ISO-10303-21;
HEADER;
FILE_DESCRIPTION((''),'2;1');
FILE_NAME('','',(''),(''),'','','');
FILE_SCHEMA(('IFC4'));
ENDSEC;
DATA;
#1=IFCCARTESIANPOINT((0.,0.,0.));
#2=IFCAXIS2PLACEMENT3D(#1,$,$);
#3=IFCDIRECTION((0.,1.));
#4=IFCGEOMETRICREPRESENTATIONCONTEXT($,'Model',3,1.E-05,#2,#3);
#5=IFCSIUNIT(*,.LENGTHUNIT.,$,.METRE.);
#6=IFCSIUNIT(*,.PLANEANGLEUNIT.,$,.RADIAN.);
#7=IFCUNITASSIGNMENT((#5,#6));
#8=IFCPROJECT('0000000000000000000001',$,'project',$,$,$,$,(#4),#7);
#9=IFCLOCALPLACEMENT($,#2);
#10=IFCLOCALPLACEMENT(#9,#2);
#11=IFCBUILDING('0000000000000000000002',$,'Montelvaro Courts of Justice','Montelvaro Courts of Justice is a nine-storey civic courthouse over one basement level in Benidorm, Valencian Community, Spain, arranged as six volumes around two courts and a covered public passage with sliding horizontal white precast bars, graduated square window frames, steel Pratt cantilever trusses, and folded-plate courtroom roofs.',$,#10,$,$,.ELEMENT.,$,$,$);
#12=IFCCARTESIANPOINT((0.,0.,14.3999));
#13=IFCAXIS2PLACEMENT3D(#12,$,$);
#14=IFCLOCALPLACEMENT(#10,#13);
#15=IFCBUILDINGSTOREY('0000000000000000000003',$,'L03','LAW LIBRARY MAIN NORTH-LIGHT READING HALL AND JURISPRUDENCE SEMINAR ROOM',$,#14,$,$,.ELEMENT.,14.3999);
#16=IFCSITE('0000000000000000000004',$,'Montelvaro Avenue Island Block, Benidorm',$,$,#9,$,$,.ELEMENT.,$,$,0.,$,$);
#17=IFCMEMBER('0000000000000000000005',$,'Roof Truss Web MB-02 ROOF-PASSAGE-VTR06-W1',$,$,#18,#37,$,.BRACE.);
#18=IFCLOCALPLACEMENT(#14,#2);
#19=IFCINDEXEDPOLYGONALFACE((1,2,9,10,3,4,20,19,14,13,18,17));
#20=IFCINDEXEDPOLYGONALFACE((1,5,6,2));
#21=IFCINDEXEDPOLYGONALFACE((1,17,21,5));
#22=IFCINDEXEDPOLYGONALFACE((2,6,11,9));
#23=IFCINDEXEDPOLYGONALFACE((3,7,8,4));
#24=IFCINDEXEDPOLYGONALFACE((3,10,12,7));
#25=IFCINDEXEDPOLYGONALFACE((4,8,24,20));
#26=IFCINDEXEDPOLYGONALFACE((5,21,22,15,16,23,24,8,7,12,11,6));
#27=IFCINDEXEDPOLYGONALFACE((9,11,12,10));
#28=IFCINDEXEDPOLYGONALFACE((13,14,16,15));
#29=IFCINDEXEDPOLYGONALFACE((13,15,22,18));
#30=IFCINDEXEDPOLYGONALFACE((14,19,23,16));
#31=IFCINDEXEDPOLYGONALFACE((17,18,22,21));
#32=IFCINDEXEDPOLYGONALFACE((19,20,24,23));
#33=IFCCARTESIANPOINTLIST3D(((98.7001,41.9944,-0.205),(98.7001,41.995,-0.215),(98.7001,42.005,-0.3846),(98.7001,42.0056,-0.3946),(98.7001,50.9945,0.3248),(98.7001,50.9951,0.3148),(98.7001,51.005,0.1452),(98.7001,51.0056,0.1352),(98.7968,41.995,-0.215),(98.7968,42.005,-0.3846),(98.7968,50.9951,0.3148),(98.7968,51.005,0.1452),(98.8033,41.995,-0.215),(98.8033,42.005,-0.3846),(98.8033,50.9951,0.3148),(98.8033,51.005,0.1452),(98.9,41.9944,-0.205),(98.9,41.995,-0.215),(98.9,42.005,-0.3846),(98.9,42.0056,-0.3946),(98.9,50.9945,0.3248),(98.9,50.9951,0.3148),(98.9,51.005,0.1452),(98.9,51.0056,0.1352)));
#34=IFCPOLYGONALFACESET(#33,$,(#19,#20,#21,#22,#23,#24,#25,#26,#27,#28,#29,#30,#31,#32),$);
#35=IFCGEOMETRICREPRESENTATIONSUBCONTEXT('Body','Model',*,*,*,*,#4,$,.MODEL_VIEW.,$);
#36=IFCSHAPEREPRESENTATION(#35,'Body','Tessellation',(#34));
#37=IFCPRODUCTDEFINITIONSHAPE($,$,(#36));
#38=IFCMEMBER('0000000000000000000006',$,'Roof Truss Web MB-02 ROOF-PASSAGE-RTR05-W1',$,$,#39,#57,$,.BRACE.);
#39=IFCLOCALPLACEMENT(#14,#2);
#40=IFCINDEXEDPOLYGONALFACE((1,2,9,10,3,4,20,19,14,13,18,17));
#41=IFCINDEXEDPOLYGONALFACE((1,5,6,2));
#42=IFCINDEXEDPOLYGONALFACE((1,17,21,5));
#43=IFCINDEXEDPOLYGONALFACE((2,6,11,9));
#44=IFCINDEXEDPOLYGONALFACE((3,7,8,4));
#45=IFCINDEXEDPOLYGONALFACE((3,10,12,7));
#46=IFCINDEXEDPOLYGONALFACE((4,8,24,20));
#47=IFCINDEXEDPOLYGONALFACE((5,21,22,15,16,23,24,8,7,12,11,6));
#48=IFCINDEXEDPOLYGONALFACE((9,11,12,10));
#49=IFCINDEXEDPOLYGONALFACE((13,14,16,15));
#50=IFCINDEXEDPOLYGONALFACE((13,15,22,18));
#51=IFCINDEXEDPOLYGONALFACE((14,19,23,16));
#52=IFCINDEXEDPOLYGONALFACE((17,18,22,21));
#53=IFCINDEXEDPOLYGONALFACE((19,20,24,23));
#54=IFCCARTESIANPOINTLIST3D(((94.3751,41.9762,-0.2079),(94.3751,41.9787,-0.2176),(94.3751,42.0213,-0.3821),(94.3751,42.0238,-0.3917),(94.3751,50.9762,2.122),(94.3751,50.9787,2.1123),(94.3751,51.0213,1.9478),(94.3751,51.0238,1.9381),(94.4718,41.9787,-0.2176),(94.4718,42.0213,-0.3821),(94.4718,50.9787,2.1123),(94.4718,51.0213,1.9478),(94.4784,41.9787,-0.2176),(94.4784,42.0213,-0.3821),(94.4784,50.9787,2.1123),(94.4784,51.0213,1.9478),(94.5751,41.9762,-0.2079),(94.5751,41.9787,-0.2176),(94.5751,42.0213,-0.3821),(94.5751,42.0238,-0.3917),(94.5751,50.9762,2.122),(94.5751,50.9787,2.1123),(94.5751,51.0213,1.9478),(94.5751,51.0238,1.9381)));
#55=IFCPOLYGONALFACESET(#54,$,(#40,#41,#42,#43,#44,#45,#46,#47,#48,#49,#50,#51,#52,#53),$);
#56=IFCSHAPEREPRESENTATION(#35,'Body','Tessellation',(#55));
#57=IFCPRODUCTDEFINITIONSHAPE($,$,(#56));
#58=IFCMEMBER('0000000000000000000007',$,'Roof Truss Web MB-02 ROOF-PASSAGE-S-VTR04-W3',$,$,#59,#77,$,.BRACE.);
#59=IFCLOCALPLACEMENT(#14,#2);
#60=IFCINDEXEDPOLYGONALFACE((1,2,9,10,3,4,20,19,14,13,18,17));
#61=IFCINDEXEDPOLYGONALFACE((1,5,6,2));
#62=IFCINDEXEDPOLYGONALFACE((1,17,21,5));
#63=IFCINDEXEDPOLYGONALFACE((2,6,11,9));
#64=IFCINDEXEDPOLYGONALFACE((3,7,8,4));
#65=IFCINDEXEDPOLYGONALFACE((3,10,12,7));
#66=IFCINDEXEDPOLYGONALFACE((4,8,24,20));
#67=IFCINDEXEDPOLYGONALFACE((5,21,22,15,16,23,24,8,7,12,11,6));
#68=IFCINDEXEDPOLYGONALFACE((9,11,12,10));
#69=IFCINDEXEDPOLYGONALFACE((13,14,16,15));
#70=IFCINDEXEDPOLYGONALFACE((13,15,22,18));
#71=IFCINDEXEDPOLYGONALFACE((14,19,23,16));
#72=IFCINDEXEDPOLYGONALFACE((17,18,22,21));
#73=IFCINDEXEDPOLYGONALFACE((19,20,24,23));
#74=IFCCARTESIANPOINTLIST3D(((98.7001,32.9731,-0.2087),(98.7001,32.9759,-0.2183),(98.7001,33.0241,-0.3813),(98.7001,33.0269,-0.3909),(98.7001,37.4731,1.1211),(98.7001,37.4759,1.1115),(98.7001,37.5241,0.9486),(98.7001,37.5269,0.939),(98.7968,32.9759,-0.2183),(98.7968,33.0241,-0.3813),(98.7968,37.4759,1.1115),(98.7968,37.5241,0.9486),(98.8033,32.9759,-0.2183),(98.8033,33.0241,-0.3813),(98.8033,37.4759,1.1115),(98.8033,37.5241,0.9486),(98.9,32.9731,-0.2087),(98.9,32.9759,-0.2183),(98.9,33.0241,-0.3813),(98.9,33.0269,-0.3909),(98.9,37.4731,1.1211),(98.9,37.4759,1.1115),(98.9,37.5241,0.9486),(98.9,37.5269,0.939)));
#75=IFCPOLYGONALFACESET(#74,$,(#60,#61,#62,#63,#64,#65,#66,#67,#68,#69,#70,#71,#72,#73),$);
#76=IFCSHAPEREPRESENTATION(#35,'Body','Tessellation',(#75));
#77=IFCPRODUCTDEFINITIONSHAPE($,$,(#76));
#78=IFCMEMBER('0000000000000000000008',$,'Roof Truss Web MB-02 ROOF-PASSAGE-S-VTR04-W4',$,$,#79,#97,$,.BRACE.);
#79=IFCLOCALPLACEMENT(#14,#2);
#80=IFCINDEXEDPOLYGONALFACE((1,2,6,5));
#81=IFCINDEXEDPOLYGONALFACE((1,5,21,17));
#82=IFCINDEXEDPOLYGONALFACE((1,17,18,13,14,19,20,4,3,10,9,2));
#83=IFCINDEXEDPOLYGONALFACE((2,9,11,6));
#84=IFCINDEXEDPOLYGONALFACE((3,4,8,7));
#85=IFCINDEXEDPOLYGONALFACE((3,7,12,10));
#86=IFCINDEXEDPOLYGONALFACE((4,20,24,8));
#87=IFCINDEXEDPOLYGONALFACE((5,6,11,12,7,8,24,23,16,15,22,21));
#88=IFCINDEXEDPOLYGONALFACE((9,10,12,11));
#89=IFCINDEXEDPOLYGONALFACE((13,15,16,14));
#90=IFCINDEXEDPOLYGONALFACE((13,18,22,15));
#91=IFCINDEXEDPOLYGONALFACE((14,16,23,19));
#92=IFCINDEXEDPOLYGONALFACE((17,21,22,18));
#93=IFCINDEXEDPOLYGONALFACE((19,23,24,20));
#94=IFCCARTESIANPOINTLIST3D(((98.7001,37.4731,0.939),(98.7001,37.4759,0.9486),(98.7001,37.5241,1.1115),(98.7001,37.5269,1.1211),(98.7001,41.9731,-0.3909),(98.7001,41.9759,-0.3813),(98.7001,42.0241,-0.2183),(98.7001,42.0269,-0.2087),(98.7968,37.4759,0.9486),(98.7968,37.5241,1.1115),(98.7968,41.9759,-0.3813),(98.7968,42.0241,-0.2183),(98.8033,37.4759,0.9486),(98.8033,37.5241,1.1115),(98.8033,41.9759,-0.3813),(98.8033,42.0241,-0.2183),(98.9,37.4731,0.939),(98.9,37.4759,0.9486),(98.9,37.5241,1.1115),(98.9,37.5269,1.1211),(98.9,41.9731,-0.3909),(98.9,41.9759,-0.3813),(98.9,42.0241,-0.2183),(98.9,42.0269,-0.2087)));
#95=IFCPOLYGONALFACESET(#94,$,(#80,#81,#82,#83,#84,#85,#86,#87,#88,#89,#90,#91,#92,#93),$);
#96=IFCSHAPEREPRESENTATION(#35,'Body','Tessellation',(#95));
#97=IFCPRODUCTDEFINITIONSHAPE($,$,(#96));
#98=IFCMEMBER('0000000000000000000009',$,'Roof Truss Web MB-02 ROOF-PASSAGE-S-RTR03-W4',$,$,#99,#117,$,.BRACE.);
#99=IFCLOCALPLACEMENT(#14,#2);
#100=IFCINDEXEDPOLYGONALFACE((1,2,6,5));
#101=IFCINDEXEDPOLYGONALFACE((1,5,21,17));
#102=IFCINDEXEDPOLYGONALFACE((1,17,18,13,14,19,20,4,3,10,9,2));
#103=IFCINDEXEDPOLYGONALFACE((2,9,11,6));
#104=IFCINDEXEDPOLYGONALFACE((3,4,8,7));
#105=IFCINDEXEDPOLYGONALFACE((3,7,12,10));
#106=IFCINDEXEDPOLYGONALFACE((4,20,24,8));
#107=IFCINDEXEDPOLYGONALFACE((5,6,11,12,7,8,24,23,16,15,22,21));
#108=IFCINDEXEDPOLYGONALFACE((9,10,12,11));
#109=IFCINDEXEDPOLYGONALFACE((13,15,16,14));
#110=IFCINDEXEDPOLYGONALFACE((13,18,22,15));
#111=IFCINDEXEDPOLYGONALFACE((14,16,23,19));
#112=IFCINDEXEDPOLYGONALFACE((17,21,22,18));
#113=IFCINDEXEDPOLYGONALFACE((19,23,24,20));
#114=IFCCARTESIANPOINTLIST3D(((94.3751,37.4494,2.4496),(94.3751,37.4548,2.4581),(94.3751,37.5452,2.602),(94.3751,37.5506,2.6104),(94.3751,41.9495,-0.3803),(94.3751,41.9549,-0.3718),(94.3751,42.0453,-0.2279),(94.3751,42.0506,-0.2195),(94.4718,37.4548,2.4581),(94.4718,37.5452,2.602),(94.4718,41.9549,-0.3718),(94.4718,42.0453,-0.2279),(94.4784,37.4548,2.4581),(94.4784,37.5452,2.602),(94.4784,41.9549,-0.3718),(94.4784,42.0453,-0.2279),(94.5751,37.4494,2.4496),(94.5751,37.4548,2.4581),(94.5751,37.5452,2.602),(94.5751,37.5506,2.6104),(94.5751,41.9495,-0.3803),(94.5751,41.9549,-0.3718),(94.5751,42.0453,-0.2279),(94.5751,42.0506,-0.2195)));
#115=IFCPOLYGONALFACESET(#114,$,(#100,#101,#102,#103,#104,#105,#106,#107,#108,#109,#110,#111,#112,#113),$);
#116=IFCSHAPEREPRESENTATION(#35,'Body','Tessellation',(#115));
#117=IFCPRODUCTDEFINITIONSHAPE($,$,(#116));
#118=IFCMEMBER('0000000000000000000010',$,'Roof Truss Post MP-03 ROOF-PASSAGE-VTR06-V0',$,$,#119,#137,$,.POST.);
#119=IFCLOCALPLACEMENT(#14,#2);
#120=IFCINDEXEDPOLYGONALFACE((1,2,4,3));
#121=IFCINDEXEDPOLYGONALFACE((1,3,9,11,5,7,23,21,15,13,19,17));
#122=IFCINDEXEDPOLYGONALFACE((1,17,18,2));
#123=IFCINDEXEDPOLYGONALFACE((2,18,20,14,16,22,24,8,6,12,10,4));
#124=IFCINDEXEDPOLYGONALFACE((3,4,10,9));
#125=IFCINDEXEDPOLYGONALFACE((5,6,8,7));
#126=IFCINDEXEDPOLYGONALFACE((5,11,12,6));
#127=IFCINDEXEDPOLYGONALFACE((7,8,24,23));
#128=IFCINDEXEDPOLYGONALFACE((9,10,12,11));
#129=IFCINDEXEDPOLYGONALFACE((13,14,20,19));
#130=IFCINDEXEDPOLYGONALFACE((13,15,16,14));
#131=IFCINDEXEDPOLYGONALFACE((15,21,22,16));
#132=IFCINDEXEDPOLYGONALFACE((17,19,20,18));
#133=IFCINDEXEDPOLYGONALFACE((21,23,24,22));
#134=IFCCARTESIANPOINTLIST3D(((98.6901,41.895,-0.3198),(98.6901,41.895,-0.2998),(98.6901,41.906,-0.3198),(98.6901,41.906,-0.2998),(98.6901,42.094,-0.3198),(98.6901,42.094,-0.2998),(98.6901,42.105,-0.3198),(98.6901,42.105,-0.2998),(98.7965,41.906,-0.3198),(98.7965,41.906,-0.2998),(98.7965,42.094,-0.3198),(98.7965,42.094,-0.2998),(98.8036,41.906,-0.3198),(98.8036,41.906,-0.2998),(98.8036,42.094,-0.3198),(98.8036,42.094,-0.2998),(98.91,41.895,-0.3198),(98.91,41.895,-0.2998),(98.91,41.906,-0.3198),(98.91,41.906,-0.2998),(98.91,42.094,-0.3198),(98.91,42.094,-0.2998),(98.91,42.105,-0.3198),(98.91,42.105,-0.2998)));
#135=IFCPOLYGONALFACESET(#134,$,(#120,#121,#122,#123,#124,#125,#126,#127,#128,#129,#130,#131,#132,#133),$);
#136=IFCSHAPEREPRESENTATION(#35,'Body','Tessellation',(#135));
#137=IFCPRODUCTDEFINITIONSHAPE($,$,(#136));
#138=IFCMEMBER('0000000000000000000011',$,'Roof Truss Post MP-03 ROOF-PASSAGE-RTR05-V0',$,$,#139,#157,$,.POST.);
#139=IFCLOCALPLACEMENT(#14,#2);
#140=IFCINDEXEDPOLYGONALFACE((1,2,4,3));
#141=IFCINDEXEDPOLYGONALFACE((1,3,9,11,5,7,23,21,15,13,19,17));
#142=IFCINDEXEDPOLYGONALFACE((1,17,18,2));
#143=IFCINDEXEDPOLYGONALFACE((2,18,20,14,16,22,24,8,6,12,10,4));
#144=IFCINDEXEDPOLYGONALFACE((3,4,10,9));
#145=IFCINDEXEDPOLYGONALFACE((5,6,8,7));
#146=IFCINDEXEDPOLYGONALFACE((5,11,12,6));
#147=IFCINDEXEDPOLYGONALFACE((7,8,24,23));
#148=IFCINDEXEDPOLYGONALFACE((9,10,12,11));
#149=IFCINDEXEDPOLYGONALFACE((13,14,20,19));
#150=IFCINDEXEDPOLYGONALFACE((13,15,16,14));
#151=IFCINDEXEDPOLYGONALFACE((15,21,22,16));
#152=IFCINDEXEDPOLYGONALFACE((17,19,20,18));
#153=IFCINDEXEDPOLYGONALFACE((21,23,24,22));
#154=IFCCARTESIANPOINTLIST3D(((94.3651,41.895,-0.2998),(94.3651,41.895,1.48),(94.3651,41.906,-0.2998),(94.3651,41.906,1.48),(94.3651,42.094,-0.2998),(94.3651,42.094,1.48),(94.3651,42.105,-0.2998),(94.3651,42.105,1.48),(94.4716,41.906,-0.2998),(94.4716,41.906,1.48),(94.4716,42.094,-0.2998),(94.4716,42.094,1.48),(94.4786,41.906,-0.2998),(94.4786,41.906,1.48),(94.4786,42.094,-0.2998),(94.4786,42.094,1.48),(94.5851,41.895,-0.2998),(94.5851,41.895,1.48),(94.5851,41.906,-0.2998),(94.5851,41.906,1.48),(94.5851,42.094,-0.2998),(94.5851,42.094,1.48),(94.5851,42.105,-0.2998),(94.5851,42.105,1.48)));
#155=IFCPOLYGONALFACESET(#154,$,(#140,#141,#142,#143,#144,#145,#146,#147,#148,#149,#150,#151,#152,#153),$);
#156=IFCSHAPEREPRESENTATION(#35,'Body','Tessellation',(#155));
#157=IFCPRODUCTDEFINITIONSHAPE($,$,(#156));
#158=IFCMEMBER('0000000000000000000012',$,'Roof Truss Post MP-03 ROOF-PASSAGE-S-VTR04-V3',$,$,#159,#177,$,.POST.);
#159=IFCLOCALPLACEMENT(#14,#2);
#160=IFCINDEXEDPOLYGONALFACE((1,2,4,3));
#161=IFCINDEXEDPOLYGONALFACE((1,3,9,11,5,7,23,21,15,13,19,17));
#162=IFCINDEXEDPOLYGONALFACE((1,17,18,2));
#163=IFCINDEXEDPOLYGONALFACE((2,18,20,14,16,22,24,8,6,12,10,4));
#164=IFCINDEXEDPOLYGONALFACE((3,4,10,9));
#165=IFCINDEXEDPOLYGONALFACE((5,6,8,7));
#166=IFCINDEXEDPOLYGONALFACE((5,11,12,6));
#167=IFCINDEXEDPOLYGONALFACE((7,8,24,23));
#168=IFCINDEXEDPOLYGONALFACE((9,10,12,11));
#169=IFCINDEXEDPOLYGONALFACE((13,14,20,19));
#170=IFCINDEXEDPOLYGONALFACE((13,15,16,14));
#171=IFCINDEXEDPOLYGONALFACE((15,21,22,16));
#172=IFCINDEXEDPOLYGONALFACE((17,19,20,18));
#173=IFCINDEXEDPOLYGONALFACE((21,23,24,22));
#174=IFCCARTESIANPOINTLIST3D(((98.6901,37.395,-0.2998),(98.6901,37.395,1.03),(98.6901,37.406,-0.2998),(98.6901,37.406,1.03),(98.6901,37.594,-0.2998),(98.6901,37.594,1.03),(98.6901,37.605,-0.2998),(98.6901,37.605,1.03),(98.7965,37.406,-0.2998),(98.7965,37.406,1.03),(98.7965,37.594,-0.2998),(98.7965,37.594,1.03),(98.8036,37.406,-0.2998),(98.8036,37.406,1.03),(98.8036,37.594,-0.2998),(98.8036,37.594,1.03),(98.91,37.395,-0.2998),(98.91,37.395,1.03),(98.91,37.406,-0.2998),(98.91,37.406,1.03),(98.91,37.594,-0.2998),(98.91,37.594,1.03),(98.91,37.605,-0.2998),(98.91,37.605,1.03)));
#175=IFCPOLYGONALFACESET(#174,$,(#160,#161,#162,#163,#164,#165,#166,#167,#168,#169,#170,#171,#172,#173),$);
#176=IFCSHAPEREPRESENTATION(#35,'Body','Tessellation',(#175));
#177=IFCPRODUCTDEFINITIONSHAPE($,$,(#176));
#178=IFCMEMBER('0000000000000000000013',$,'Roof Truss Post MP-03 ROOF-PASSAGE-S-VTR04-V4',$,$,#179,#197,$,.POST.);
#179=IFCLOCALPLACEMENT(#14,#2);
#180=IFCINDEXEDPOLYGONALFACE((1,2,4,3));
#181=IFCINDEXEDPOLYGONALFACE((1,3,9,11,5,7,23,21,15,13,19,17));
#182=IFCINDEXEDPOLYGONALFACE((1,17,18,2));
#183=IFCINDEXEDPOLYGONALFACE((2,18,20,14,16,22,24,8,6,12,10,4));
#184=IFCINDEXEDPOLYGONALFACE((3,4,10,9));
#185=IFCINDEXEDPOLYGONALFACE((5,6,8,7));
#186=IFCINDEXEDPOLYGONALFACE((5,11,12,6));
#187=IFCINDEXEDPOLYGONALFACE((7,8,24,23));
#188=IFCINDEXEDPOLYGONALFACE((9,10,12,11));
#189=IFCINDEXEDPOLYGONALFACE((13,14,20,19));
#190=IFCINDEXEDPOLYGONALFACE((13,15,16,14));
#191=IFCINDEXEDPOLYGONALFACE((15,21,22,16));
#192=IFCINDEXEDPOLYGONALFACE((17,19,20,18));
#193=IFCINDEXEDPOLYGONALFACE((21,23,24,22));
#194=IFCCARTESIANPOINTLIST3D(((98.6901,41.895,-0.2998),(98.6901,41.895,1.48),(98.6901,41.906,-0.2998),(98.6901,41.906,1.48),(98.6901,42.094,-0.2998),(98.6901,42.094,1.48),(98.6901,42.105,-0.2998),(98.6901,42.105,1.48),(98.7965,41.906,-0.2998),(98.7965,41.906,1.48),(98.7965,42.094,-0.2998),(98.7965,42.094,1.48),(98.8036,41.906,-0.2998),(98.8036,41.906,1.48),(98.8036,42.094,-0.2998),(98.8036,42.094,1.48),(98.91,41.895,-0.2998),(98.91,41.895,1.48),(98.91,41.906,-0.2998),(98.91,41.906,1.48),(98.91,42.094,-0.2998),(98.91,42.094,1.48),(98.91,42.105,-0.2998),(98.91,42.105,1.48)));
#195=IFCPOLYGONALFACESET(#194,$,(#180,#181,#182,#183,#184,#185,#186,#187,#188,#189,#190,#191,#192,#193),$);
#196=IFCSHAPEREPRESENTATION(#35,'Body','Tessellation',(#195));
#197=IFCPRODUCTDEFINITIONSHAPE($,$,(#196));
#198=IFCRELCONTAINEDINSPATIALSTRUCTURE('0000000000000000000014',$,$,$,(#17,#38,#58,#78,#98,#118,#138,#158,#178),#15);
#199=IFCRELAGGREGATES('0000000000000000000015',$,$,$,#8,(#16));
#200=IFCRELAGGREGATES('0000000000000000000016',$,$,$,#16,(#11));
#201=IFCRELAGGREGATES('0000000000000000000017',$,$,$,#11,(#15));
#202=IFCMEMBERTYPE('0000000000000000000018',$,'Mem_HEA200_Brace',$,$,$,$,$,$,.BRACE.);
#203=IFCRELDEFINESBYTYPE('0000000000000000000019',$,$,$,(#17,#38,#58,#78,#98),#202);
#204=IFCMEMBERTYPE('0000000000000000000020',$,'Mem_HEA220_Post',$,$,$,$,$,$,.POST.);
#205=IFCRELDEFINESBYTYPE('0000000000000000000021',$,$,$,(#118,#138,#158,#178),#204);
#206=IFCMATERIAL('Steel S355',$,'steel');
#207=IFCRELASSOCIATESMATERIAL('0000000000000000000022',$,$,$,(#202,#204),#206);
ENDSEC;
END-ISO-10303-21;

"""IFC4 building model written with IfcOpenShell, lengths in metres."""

from ifc_helpers import new_model, si_unit, direction, frame, origin, origin_2d, place, context, subcontext, project, spatial, i_section, extrude, material, material_profile, profile_set, type_object, element, save


model = new_model("IFC4")

# Units and contexts
model_context = context("Model", 3, precision=1e-05, world=origin(), true_north=direction((0.0, 1.0)))
body_context = subcontext(model_context, "Body", "Model", "MODEL_VIEW")
ifc_project = project(units=[si_unit("LENGTHUNIT", "METRE"), si_unit("PLANEANGLEUNIT", "RADIAN")], contexts=[model_context])

# Site, building, storey
site_placement = place(None, origin())
site = spatial("IfcSite", under=ifc_project, at=site_placement, Name="Montelvaro Avenue Island Block, Benidorm", CompositionType="ELEMENT", RefElevation=0.0)
building_placement = place(site_placement, origin())
building = spatial("IfcBuilding", under=site, at=building_placement, Name="Montelvaro Courts of Justice", Description="Montelvaro Courts of Justice is a nine-storey civic courthouse over one basement level in Benidorm, Valencian Community, Spain, arranged as six volumes around two courts and a covered public passage with sliding horizontal white precast bars, graduated square window frames, steel Pratt cantilever trusses, and folded-plate courtroom roofs.", CompositionType="ELEMENT")
storey_placement = place(building_placement, frame((0.0, 0.0, 14.3999)))
storey = spatial("IfcBuildingStorey", under=building, at=storey_placement, Name="L03", Description="LAW LIBRARY MAIN NORTH-LIGHT READING HALL AND JURISPRUDENCE SEMINAR ROOM", CompositionType="ELEMENT", Elevation=14.3999)

# Members
ifc_material_1 = material(Name="Steel S355", Category="steel")
ifc_material_profile_1 = material_profile(ifc_material_1, i_section(OverallWidth=0.2, OverallDepth=0.1899, WebThickness=0.0066, FlangeThickness=0.01, at=origin_2d()), Name="HEA 200")
ifc_profile_set_1 = profile_set([ifc_material_profile_1], Name="Steel S355")
member_type_1 = type_object("IfcMemberType", Name="Mem_HEA200_Brace", PredefinedType="BRACE", material=ifc_profile_set_1)
member_1_placement = place(storey_placement, frame((98.8, 42.0, -0.2998), z_axis=(0.0, 0.998272, 0.058763), x_axis=(-1.0, 0.0, 0.0)))
element("IfcMember", 1, at=member_1_placement, inside=storey, type_object=member_type_1, Name="Roof Truss Web MB-02 ROOF-PASSAGE-VTR06-W1", PredefinedType="BRACE", context=body_context, shape_type="SweptSolid", body=[
    extrude(i_section(OverallWidth=0.2, OverallDepth=0.1899, WebThickness=0.0066, FlangeThickness=0.01, at=origin_2d()), origin(), (0.0, 0.0, 1.0), 9.0156),
])
member_2_placement = place(storey_placement, frame((94.4751, 42.0, -0.2998), z_axis=(0.0, 0.968088, 0.250609), x_axis=(-1.0, 0.0, 0.0)))
element("IfcMember", 2, at=member_2_placement, inside=storey, type_object=member_type_1, Name="Roof Truss Web MB-02 ROOF-PASSAGE-RTR05-W1", PredefinedType="BRACE", context=body_context, shape_type="SweptSolid", body=[
    extrude(i_section(OverallWidth=0.2, OverallDepth=0.1899, WebThickness=0.0066, FlangeThickness=0.01, at=origin_2d()), origin(), (0.0, 0.0, 1.0), 9.2966),
])
for number, where, z_axis, x_axis, name in (
    (3, (98.8, 33.0, -0.2998), (0.0, 0.959001, 0.283403), (-1.0, 0.0, 0.0), "Roof Truss Web MB-02 ROOF-PASSAGE-S-VTR04-W3"),
    (4, (98.8, 37.5, 1.03), (0.0, 0.959001, -0.283403), (-1.0, 0.0, 0.0), "Roof Truss Web MB-02 ROOF-PASSAGE-S-VTR04-W4"),
):
    element("IfcMember", number, at=place(storey_placement, frame(where, z_axis=z_axis, x_axis=x_axis)), inside=storey, type_object=member_type_1, Name=name, PredefinedType="BRACE", context=body_context, shape_type="SweptSolid", body=[
        extrude(i_section(OverallWidth=0.2, OverallDepth=0.1899, WebThickness=0.0066, FlangeThickness=0.01, at=origin_2d()), origin(), (0.0, 0.0, 1.0), 4.6924),
    ])
member_3_placement = place(storey_placement, frame((94.4751, 37.5, 2.53), z_axis=(0.0, 0.84653, -0.532342), x_axis=(-1.0, 0.0, 0.0)))
element("IfcMember", 5, at=member_3_placement, inside=storey, type_object=member_type_1, Name="Roof Truss Web MB-02 ROOF-PASSAGE-S-RTR03-W4", PredefinedType="BRACE", context=body_context, shape_type="SweptSolid", body=[
    extrude(i_section(OverallWidth=0.2, OverallDepth=0.1899, WebThickness=0.0066, FlangeThickness=0.01, at=origin_2d()), origin(), (0.0, 0.0, 1.0), 5.3159),
])
ifc_material_profile_2 = material_profile(ifc_material_1, i_section(OverallWidth=0.22, OverallDepth=0.21, WebThickness=0.0071, FlangeThickness=0.011, at=origin_2d()), Name="HEA 220")
ifc_profile_set_2 = profile_set([ifc_material_profile_2], Name="Steel S355")
member_type_2 = type_object("IfcMemberType", Name="Mem_HEA220_Post", PredefinedType="POST", material=ifc_profile_set_2)
member_4_placement = place(storey_placement, frame((98.8, 42.0, -0.2998), z_axis=(0.0, 0.0, -1.0), x_axis=(1.0, 0.0, 0.0)))
element("IfcMember", 6, at=member_4_placement, inside=storey, type_object=member_type_2, Name="Roof Truss Post MP-03 ROOF-PASSAGE-VTR06-V0", PredefinedType="POST", context=body_context, shape_type="SweptSolid", body=[
    extrude(i_section(OverallWidth=0.22, OverallDepth=0.21, WebThickness=0.0071, FlangeThickness=0.011, at=origin_2d()), origin(), (0.0, 0.0, 1.0), 0.02),
])
member_5_placement = place(storey_placement, frame((94.4751, 42.0, -0.2998), z_axis=(0.0, 0.0, 1.0), x_axis=(1.0, 0.0, 0.0)))
element("IfcMember", 7, at=member_5_placement, inside=storey, type_object=member_type_2, Name="Roof Truss Post MP-03 ROOF-PASSAGE-RTR05-V0", PredefinedType="POST", context=body_context, shape_type="SweptSolid", body=[
    extrude(i_section(OverallWidth=0.22, OverallDepth=0.21, WebThickness=0.0071, FlangeThickness=0.011, at=origin_2d()), origin(), (0.0, 0.0, 1.0), 1.7798),
])
member_6_placement = place(storey_placement, frame((98.8, 37.5, -0.2998), z_axis=(0.0, 0.0, 1.0), x_axis=(1.0, 0.0, 0.0)))
element("IfcMember", 8, at=member_6_placement, inside=storey, type_object=member_type_2, Name="Roof Truss Post MP-03 ROOF-PASSAGE-S-VTR04-V3", PredefinedType="POST", context=body_context, shape_type="SweptSolid", body=[
    extrude(i_section(OverallWidth=0.22, OverallDepth=0.21, WebThickness=0.0071, FlangeThickness=0.011, at=origin_2d()), origin(), (0.0, 0.0, 1.0), 1.3298),
])
member_7_placement = place(storey_placement, frame((98.8, 42.0, -0.2998), z_axis=(0.0, 0.0, 1.0), x_axis=(1.0, 0.0, 0.0)))
element("IfcMember", 9, at=member_7_placement, inside=storey, type_object=member_type_2, Name="Roof Truss Post MP-03 ROOF-PASSAGE-S-VTR04-V4", PredefinedType="POST", context=body_context, shape_type="SweptSolid", body=[
    extrude(i_section(OverallWidth=0.22, OverallDepth=0.21, WebThickness=0.0071, FlangeThickness=0.011, at=origin_2d()), origin(), (0.0, 0.0, 1.0), 1.7798),
])

save(model, "model.ifc")
